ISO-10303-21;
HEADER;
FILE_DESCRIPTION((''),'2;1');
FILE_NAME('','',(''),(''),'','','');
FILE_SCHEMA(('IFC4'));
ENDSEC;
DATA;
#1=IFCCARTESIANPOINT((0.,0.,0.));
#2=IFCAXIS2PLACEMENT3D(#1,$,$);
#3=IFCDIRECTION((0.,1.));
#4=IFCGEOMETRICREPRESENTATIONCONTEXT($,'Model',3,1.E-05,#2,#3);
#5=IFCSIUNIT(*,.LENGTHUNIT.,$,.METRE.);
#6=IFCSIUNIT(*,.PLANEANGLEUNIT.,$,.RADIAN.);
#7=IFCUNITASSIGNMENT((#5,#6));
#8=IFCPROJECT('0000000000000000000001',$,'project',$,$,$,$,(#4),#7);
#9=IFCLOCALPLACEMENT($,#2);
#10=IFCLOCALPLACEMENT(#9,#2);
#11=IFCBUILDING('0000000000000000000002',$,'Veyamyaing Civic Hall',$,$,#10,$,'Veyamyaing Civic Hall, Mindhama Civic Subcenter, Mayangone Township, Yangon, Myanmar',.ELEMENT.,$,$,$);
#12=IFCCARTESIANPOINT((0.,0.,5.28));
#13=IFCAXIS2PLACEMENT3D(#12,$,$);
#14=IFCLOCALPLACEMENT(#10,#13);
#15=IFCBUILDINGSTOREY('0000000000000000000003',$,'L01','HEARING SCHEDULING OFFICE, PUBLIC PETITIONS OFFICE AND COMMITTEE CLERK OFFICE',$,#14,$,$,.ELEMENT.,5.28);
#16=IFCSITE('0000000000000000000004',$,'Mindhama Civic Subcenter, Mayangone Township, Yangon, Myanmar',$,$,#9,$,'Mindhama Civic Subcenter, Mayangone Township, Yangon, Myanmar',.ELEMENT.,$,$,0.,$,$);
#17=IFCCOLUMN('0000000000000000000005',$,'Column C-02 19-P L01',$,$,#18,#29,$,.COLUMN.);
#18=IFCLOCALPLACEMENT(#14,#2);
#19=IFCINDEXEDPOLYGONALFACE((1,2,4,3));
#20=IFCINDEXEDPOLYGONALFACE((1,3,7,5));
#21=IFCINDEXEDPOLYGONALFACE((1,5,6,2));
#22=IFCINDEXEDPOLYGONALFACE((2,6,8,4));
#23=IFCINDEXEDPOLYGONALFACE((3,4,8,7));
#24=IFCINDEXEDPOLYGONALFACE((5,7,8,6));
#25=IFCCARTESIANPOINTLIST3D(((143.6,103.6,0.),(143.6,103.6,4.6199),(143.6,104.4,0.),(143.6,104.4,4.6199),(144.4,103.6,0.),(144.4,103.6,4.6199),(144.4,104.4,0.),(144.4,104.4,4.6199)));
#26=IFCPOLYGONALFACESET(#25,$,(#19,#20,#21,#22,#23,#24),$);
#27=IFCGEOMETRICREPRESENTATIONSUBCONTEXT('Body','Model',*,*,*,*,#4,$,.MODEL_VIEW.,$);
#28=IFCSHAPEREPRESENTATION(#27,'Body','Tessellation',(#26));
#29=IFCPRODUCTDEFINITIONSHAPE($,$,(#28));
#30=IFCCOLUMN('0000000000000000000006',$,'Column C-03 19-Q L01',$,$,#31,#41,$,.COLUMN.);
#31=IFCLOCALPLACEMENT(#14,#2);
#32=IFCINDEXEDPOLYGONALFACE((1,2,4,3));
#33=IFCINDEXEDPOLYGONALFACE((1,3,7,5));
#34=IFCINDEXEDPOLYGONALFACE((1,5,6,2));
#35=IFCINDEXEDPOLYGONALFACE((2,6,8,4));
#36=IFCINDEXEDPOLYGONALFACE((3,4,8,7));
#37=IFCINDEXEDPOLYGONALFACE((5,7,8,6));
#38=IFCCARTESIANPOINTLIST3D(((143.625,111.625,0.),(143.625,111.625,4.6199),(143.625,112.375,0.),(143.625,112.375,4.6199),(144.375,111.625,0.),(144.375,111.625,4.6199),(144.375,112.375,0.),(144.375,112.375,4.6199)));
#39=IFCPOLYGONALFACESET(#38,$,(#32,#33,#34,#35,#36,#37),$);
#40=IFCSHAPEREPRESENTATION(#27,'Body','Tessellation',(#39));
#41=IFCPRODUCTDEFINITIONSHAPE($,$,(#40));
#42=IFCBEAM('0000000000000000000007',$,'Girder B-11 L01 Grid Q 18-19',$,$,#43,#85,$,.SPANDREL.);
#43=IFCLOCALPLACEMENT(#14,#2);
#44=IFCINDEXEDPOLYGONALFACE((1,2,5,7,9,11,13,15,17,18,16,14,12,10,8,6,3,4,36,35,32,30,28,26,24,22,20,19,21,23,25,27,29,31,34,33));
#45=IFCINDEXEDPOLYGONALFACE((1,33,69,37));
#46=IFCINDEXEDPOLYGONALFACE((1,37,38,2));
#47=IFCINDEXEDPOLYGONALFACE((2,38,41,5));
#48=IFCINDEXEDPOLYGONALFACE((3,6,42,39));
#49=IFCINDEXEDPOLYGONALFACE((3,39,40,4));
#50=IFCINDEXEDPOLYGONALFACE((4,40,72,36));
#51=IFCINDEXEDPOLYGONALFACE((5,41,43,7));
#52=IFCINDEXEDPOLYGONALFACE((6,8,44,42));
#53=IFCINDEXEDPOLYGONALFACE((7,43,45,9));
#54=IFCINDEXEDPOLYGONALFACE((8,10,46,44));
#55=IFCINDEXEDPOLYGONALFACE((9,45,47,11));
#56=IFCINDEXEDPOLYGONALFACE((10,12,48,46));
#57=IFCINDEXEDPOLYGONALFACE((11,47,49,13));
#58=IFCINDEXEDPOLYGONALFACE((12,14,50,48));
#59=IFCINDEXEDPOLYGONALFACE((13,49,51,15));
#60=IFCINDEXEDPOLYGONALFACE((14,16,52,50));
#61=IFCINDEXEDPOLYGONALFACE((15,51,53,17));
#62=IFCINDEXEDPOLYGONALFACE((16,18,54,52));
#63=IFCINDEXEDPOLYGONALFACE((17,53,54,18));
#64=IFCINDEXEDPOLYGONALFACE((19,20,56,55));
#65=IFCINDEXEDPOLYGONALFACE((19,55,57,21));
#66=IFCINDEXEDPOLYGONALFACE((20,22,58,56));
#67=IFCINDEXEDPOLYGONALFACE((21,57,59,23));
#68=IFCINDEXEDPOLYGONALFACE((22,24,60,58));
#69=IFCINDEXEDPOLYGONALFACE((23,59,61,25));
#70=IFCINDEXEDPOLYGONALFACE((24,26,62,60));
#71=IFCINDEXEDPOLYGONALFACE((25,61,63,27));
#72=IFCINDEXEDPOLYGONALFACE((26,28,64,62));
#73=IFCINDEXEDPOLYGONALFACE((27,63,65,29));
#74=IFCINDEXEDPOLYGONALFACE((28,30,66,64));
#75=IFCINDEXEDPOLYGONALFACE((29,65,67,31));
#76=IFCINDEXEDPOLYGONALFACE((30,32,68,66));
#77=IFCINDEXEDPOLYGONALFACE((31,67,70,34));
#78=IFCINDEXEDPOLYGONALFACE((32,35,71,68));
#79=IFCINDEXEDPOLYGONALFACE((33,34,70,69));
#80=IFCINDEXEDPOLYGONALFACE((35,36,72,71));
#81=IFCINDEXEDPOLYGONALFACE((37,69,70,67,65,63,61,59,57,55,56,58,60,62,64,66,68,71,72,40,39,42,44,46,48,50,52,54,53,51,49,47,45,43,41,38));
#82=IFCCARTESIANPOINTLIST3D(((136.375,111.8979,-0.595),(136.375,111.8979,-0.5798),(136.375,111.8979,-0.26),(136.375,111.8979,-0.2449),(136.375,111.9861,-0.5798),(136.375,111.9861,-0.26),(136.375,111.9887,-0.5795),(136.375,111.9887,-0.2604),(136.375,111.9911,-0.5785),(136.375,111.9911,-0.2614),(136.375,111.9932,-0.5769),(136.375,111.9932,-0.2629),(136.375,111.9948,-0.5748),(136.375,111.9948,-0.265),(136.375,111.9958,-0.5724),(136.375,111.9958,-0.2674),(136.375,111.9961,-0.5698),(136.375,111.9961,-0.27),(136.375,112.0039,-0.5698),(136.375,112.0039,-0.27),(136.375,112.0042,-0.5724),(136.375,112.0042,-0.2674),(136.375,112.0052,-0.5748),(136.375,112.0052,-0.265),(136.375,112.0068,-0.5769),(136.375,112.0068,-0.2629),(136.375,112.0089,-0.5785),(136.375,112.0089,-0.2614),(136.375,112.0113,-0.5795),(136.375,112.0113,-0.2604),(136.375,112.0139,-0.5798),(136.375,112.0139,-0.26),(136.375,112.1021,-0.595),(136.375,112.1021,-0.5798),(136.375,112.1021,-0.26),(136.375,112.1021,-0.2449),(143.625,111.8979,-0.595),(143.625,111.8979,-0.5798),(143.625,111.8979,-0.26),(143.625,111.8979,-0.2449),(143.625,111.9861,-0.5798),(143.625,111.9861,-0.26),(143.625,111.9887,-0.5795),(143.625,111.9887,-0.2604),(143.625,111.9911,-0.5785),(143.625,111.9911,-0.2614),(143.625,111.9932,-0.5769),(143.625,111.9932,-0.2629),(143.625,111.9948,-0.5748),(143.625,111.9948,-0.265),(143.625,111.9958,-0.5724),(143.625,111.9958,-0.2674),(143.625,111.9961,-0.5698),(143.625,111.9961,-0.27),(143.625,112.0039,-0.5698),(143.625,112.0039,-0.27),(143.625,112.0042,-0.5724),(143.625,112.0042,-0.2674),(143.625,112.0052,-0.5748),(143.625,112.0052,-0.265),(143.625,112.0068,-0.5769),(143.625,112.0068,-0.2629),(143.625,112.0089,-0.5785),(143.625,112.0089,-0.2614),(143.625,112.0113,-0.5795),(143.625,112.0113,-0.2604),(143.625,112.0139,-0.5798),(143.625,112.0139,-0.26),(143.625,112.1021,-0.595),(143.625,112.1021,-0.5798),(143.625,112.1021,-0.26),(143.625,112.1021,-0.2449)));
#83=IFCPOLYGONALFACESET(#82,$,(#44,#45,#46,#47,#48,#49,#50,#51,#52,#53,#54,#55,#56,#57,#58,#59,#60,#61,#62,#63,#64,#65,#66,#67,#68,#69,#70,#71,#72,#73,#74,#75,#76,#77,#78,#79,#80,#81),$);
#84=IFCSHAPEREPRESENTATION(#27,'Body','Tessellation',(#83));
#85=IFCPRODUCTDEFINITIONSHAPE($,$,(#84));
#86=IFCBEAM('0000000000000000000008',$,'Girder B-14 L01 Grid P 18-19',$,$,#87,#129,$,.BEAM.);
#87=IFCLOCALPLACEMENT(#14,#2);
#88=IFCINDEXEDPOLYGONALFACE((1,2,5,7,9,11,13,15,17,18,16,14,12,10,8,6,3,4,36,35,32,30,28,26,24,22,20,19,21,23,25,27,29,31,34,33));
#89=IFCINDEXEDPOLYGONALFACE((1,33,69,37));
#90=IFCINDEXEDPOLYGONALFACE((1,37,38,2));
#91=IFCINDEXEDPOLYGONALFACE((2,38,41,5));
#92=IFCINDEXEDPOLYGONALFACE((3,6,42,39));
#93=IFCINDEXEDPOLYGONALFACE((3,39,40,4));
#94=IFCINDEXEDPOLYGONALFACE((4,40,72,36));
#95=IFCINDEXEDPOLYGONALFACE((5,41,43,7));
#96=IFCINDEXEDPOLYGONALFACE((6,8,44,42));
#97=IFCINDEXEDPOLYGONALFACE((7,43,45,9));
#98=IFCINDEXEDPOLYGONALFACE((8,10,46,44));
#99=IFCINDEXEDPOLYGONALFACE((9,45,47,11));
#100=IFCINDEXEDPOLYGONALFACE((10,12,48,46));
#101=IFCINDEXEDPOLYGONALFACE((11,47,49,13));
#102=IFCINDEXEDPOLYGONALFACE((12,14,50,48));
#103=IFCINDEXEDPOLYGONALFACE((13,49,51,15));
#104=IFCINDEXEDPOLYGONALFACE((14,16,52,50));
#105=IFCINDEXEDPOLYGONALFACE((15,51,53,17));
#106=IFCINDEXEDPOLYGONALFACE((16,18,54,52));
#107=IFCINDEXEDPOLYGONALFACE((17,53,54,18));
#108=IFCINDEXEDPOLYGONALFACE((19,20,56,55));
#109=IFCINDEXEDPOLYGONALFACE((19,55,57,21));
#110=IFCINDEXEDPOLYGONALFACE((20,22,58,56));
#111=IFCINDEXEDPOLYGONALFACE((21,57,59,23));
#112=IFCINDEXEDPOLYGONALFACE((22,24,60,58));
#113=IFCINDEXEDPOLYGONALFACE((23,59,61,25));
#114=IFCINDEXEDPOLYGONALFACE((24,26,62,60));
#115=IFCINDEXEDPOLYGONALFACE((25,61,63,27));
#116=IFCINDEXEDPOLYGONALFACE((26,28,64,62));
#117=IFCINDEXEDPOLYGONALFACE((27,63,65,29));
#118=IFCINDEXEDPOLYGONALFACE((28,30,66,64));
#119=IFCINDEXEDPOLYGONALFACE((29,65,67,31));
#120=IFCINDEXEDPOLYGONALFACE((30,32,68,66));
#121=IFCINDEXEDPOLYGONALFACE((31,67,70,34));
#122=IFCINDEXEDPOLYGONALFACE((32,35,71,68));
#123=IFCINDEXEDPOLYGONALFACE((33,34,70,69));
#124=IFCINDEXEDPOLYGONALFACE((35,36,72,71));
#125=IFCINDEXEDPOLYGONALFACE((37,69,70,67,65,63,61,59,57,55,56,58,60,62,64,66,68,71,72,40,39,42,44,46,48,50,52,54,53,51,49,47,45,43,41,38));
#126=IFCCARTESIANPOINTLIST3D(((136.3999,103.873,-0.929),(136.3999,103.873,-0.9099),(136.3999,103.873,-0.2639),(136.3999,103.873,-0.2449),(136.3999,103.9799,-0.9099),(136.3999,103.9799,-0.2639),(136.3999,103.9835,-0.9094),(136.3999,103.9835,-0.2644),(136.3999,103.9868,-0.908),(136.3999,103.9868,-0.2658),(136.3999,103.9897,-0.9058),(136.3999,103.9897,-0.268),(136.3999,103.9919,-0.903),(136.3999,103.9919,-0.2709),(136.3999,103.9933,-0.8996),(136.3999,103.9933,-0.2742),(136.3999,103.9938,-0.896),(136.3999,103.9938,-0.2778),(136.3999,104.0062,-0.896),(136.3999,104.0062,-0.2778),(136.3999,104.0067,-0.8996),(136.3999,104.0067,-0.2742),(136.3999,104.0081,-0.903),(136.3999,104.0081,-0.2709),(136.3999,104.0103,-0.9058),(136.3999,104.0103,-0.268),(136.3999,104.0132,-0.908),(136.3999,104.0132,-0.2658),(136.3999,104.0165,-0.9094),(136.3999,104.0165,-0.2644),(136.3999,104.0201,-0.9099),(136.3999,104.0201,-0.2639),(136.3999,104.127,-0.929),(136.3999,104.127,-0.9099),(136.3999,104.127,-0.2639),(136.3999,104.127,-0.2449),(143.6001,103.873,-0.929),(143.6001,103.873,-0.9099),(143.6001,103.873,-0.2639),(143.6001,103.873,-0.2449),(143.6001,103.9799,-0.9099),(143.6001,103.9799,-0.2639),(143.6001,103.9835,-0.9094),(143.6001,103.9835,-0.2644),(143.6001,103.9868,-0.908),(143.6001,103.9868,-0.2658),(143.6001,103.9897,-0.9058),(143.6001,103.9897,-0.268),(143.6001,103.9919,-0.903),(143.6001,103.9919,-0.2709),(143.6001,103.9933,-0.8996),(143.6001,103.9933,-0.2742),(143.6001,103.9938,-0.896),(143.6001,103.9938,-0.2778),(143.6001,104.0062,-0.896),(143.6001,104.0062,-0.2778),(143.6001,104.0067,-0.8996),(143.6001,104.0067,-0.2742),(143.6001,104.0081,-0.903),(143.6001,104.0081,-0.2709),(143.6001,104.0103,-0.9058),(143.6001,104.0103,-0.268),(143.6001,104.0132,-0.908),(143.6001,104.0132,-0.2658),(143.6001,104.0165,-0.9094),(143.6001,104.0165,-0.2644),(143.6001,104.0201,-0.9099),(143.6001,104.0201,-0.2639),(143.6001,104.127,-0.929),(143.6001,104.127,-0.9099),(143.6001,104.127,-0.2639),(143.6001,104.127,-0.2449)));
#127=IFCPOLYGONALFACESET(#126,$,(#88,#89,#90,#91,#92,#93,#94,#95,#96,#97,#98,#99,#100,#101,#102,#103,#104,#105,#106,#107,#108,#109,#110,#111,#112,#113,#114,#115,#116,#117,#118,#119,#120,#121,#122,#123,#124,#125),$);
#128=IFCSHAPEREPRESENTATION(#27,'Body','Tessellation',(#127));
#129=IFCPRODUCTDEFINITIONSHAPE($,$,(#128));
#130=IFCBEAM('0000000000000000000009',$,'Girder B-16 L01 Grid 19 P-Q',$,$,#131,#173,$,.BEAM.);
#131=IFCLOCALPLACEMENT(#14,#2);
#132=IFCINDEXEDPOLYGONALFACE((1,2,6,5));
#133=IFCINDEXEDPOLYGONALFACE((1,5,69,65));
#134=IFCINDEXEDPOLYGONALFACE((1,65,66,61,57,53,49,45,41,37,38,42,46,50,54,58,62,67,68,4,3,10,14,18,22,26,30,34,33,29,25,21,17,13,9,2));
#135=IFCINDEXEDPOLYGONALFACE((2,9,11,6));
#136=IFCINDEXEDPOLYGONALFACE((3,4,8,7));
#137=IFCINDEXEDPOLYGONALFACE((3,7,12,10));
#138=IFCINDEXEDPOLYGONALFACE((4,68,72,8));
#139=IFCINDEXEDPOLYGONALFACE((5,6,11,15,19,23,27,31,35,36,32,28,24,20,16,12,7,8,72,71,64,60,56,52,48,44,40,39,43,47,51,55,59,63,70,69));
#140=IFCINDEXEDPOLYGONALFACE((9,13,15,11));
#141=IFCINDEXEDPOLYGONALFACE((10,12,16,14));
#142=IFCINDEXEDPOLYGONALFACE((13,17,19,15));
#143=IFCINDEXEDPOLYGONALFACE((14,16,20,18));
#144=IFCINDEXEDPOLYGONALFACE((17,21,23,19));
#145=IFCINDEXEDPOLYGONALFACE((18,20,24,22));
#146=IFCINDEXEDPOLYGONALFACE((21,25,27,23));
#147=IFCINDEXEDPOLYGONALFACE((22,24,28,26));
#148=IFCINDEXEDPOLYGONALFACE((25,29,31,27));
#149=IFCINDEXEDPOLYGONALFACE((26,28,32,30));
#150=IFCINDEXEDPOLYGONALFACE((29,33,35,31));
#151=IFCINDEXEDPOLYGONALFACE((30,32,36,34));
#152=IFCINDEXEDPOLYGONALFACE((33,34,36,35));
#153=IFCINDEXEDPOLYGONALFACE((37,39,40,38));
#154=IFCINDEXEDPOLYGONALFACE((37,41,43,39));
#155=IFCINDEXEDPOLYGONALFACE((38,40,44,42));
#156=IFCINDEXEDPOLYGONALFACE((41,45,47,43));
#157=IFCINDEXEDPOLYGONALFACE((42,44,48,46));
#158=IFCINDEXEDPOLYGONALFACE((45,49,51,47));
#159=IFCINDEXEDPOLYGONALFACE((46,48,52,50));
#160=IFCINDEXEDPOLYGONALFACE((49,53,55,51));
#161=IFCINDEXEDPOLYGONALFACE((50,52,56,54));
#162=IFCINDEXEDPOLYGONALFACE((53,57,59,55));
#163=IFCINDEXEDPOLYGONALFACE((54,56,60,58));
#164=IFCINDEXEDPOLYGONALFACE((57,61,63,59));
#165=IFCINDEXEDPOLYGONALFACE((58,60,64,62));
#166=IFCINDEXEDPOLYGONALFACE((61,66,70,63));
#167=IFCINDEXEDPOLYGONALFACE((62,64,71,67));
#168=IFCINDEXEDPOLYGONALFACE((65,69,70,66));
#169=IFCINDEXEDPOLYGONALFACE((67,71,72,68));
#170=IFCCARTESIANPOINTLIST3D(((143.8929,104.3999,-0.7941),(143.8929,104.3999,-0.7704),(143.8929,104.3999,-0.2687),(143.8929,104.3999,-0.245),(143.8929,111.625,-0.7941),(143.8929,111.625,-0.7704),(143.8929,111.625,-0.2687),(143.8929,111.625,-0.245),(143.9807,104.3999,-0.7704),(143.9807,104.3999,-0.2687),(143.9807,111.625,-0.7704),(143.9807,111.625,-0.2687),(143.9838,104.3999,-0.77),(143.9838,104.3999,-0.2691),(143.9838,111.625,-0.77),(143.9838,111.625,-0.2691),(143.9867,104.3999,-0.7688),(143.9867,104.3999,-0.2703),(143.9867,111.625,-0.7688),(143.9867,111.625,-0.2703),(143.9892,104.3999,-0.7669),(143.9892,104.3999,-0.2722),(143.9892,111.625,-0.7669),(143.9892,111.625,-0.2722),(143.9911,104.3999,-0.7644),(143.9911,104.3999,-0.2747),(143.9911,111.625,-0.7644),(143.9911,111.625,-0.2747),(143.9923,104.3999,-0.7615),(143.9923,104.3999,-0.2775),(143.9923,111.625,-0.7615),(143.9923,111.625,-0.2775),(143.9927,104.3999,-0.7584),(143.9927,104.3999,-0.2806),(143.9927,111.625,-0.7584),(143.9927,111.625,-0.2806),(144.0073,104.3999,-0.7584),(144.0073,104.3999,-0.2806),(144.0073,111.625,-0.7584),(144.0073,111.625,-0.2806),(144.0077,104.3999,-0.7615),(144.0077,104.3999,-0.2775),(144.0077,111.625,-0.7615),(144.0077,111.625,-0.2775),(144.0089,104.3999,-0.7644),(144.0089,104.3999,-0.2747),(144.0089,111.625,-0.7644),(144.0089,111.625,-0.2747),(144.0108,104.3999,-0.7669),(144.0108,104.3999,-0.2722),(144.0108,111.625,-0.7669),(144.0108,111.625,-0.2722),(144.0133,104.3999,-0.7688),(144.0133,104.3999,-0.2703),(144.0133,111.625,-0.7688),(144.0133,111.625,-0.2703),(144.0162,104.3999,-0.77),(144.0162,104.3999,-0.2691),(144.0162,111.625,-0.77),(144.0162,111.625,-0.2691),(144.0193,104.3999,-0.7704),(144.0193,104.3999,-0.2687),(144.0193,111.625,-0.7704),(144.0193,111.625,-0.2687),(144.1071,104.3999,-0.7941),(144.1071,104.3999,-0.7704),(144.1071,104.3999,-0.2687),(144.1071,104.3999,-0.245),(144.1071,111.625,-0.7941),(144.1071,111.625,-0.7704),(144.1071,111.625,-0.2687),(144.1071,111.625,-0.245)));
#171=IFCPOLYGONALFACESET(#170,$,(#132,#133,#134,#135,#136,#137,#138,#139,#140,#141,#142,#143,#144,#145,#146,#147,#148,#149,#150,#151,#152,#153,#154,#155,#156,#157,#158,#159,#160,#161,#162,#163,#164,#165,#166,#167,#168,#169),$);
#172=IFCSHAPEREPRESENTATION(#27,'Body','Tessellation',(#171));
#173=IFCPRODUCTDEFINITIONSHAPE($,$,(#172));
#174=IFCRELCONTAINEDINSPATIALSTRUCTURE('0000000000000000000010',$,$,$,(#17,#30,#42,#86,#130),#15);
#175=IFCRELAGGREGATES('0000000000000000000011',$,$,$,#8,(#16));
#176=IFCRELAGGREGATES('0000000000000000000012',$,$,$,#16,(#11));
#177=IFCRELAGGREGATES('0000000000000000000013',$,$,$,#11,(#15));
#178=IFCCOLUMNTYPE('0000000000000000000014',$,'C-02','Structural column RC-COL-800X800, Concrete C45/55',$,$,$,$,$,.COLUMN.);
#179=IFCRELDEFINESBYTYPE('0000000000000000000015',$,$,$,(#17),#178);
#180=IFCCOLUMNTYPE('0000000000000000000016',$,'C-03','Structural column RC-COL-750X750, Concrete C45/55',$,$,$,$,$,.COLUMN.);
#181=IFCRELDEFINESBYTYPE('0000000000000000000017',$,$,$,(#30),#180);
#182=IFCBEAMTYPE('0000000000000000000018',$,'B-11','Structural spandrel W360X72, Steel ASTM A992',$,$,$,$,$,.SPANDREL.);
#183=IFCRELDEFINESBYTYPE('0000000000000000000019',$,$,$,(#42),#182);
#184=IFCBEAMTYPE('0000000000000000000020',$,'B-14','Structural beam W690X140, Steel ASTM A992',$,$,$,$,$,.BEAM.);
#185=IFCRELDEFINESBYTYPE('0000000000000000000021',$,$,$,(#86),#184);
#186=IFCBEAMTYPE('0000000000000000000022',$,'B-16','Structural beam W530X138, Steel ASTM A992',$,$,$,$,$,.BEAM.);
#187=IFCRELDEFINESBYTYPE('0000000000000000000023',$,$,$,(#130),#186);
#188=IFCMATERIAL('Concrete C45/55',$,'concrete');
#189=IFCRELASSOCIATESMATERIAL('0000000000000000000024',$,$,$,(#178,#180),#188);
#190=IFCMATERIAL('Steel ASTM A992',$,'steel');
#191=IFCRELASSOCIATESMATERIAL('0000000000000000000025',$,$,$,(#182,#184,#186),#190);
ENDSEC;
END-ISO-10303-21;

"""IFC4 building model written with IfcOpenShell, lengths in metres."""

from ifc_helpers import new_model, si_unit, direction, frame, origin, origin_2d, place, context, subcontext, project, spatial, rectangle, i_section, extrude, material, material_profile, profile_set, type_object, element, save


model = new_model("IFC4")

# Units and contexts
model_context = context("Model", 3, precision=1e-05, world=origin(), true_north=direction((0.0, 1.0)))
body_context = subcontext(model_context, "Body", "Model", "MODEL_VIEW")
ifc_project = project(units=[si_unit("LENGTHUNIT", "METRE"), si_unit("PLANEANGLEUNIT", "RADIAN")], contexts=[model_context])

# Site, building, storey
site_placement = place(None, origin())
site = spatial("IfcSite", under=ifc_project, at=site_placement, Name="Mindhama Civic Subcenter, Mayangone Township, Yangon, Myanmar", LongName="Mindhama Civic Subcenter, Mayangone Township, Yangon, Myanmar", CompositionType="ELEMENT", RefElevation=0.0)
building_placement = place(site_placement, origin())
building = spatial("IfcBuilding", under=site, at=building_placement, Name="Veyamyaing Civic Hall", LongName="Veyamyaing Civic Hall, Mindhama Civic Subcenter, Mayangone Township, Yangon, Myanmar", CompositionType="ELEMENT")
storey_placement = place(building_placement, frame((0.0, 0.0, 5.28)))
storey = spatial("IfcBuildingStorey", under=building, at=storey_placement, Name="L01", Description="HEARING SCHEDULING OFFICE, PUBLIC PETITIONS OFFICE AND COMMITTEE CLERK OFFICE", CompositionType="ELEMENT", Elevation=5.28)

# Columns
ifc_material_1 = material(Name="Concrete C45/55", Category="concrete")
ifc_material_profile_1 = material_profile(ifc_material_1, rectangle(XDim=0.8, YDim=0.8, at=origin_2d()), Name="RC-COL-800X800")
ifc_profile_set_1 = profile_set([ifc_material_profile_1], Name="Concrete C45/55")
column_type_1 = type_object("IfcColumnType", Name="C-02", Description="Structural column RC-COL-800X800, Concrete C45/55", PredefinedType="COLUMN", material=ifc_profile_set_1)
column_1_placement = place(storey_placement, frame((144.0, 104.0, 0.0), z_axis=(0.0, 0.0, 1.0), x_axis=(1.0, 0.0, 0.0)))
element("IfcColumn", 1, at=column_1_placement, inside=storey, type_object=column_type_1, Name="Column C-02 19-P L01", PredefinedType="COLUMN", context=body_context, shape_type="SweptSolid", body=[
    extrude(rectangle(XDim=0.8, YDim=0.8, at=origin_2d()), origin(), (0.0, 0.0, 1.0), 4.6199),
])
ifc_material_profile_2 = material_profile(ifc_material_1, rectangle(XDim=0.75, YDim=0.75, at=origin_2d()), Name="RC-COL-750X750")
ifc_profile_set_2 = profile_set([ifc_material_profile_2], Name="Concrete C45/55")
column_type_2 = type_object("IfcColumnType", Name="C-03", Description="Structural column RC-COL-750X750, Concrete C45/55", PredefinedType="COLUMN", material=ifc_profile_set_2)
column_2_placement = place(storey_placement, frame((144.0, 112.0, 0.0), z_axis=(0.0, 0.0, 1.0), x_axis=(1.0, 0.0, 0.0)))
element("IfcColumn", 2, at=column_2_placement, inside=storey, type_object=column_type_2, Name="Column C-03 19-Q L01", PredefinedType="COLUMN", context=body_context, shape_type="SweptSolid", body=[
    extrude(rectangle(XDim=0.75, YDim=0.75, at=origin_2d()), origin(), (0.0, 0.0, 1.0), 4.6199),
])

# Beams
ifc_material_2 = material(Name="Steel ASTM A992", Category="steel")
ifc_material_profile_3 = material_profile(ifc_material_2, i_section(OverallWidth=0.2041, OverallDepth=0.3501, WebThickness=0.0078, FlangeThickness=0.0151, FilletRadius=0.01, at=origin_2d()), Name="W360X72")
ifc_profile_set_3 = profile_set([ifc_material_profile_3], Name="Steel ASTM A992")
beam_type_1 = type_object("IfcBeamType", Name="B-11", Description="Structural spandrel W360X72, Steel ASTM A992", PredefinedType="SPANDREL", material=ifc_profile_set_3)
beam_1_placement = place(storey_placement, frame((136.375, 112.0, -0.4199), z_axis=(1.0, 0.0, 0.0), x_axis=(0.0, 1.0, 0.0)))
element("IfcBeam", 3, at=beam_1_placement, inside=storey, type_object=beam_type_1, Name="Girder B-11 L01 Grid Q 18-19", PredefinedType="SPANDREL", context=body_context, shape_type="SweptSolid", body=[
    extrude(i_section(OverallWidth=0.2041, OverallDepth=0.3501, WebThickness=0.0078, FlangeThickness=0.0151, FilletRadius=0.01, at=origin_2d()), origin(), (0.0, 0.0, 1.0), 7.25),
])
ifc_material_profile_4 = material_profile(ifc_material_2, i_section(OverallWidth=0.2539, OverallDepth=0.6841, WebThickness=0.0125, FlangeThickness=0.019, FilletRadius=0.0139, at=origin_2d()), Name="W690X140")
ifc_profile_set_4 = profile_set([ifc_material_profile_4], Name="Steel ASTM A992")
beam_type_2 = type_object("IfcBeamType", Name="B-14", Description="Structural beam W690X140, Steel ASTM A992", PredefinedType="BEAM", material=ifc_profile_set_4)
beam_2_placement = place(storey_placement, frame((136.3999, 104.0, -0.5869), z_axis=(1.0, 0.0, 0.0), x_axis=(0.0, 1.0, 0.0)))
element("IfcBeam", 4, at=beam_2_placement, inside=storey, type_object=beam_type_2, Name="Girder B-14 L01 Grid P 18-19", PredefinedType="BEAM", context=body_context, shape_type="SweptSolid", body=[
    extrude(i_section(OverallWidth=0.2539, OverallDepth=0.6841, WebThickness=0.0125, FlangeThickness=0.019, FilletRadius=0.0139, at=origin_2d()), origin(), (0.0, 0.0, 1.0), 7.2002),
])
ifc_material_profile_5 = material_profile(ifc_material_2, i_section(OverallWidth=0.2141, OverallDepth=0.5491, WebThickness=0.0146, FlangeThickness=0.0237, FilletRadius=0.012, at=origin_2d()), Name="W530X138")
ifc_profile_set_5 = profile_set([ifc_material_profile_5], Name="Steel ASTM A992")
beam_type_3 = type_object("IfcBeamType", Name="B-16", Description="Structural beam W530X138, Steel ASTM A992", PredefinedType="BEAM", material=ifc_profile_set_5)
beam_3_placement = place(storey_placement, frame((144.0, 104.3999, -0.5195), z_axis=(0.0, 1.0, 0.0), x_axis=(-1.0, 0.0, 0.0)))
element("IfcBeam", 5, at=beam_3_placement, inside=storey, type_object=beam_type_3, Name="Girder B-16 L01 Grid 19 P-Q", PredefinedType="BEAM", context=body_context, shape_type="SweptSolid", body=[
    extrude(i_section(OverallWidth=0.2141, OverallDepth=0.5491, WebThickness=0.0146, FlangeThickness=0.0237, FilletRadius=0.012, at=origin_2d()), origin(), (0.0, 0.0, 1.0), 7.2251),
])

save(model, "model.ifc")
